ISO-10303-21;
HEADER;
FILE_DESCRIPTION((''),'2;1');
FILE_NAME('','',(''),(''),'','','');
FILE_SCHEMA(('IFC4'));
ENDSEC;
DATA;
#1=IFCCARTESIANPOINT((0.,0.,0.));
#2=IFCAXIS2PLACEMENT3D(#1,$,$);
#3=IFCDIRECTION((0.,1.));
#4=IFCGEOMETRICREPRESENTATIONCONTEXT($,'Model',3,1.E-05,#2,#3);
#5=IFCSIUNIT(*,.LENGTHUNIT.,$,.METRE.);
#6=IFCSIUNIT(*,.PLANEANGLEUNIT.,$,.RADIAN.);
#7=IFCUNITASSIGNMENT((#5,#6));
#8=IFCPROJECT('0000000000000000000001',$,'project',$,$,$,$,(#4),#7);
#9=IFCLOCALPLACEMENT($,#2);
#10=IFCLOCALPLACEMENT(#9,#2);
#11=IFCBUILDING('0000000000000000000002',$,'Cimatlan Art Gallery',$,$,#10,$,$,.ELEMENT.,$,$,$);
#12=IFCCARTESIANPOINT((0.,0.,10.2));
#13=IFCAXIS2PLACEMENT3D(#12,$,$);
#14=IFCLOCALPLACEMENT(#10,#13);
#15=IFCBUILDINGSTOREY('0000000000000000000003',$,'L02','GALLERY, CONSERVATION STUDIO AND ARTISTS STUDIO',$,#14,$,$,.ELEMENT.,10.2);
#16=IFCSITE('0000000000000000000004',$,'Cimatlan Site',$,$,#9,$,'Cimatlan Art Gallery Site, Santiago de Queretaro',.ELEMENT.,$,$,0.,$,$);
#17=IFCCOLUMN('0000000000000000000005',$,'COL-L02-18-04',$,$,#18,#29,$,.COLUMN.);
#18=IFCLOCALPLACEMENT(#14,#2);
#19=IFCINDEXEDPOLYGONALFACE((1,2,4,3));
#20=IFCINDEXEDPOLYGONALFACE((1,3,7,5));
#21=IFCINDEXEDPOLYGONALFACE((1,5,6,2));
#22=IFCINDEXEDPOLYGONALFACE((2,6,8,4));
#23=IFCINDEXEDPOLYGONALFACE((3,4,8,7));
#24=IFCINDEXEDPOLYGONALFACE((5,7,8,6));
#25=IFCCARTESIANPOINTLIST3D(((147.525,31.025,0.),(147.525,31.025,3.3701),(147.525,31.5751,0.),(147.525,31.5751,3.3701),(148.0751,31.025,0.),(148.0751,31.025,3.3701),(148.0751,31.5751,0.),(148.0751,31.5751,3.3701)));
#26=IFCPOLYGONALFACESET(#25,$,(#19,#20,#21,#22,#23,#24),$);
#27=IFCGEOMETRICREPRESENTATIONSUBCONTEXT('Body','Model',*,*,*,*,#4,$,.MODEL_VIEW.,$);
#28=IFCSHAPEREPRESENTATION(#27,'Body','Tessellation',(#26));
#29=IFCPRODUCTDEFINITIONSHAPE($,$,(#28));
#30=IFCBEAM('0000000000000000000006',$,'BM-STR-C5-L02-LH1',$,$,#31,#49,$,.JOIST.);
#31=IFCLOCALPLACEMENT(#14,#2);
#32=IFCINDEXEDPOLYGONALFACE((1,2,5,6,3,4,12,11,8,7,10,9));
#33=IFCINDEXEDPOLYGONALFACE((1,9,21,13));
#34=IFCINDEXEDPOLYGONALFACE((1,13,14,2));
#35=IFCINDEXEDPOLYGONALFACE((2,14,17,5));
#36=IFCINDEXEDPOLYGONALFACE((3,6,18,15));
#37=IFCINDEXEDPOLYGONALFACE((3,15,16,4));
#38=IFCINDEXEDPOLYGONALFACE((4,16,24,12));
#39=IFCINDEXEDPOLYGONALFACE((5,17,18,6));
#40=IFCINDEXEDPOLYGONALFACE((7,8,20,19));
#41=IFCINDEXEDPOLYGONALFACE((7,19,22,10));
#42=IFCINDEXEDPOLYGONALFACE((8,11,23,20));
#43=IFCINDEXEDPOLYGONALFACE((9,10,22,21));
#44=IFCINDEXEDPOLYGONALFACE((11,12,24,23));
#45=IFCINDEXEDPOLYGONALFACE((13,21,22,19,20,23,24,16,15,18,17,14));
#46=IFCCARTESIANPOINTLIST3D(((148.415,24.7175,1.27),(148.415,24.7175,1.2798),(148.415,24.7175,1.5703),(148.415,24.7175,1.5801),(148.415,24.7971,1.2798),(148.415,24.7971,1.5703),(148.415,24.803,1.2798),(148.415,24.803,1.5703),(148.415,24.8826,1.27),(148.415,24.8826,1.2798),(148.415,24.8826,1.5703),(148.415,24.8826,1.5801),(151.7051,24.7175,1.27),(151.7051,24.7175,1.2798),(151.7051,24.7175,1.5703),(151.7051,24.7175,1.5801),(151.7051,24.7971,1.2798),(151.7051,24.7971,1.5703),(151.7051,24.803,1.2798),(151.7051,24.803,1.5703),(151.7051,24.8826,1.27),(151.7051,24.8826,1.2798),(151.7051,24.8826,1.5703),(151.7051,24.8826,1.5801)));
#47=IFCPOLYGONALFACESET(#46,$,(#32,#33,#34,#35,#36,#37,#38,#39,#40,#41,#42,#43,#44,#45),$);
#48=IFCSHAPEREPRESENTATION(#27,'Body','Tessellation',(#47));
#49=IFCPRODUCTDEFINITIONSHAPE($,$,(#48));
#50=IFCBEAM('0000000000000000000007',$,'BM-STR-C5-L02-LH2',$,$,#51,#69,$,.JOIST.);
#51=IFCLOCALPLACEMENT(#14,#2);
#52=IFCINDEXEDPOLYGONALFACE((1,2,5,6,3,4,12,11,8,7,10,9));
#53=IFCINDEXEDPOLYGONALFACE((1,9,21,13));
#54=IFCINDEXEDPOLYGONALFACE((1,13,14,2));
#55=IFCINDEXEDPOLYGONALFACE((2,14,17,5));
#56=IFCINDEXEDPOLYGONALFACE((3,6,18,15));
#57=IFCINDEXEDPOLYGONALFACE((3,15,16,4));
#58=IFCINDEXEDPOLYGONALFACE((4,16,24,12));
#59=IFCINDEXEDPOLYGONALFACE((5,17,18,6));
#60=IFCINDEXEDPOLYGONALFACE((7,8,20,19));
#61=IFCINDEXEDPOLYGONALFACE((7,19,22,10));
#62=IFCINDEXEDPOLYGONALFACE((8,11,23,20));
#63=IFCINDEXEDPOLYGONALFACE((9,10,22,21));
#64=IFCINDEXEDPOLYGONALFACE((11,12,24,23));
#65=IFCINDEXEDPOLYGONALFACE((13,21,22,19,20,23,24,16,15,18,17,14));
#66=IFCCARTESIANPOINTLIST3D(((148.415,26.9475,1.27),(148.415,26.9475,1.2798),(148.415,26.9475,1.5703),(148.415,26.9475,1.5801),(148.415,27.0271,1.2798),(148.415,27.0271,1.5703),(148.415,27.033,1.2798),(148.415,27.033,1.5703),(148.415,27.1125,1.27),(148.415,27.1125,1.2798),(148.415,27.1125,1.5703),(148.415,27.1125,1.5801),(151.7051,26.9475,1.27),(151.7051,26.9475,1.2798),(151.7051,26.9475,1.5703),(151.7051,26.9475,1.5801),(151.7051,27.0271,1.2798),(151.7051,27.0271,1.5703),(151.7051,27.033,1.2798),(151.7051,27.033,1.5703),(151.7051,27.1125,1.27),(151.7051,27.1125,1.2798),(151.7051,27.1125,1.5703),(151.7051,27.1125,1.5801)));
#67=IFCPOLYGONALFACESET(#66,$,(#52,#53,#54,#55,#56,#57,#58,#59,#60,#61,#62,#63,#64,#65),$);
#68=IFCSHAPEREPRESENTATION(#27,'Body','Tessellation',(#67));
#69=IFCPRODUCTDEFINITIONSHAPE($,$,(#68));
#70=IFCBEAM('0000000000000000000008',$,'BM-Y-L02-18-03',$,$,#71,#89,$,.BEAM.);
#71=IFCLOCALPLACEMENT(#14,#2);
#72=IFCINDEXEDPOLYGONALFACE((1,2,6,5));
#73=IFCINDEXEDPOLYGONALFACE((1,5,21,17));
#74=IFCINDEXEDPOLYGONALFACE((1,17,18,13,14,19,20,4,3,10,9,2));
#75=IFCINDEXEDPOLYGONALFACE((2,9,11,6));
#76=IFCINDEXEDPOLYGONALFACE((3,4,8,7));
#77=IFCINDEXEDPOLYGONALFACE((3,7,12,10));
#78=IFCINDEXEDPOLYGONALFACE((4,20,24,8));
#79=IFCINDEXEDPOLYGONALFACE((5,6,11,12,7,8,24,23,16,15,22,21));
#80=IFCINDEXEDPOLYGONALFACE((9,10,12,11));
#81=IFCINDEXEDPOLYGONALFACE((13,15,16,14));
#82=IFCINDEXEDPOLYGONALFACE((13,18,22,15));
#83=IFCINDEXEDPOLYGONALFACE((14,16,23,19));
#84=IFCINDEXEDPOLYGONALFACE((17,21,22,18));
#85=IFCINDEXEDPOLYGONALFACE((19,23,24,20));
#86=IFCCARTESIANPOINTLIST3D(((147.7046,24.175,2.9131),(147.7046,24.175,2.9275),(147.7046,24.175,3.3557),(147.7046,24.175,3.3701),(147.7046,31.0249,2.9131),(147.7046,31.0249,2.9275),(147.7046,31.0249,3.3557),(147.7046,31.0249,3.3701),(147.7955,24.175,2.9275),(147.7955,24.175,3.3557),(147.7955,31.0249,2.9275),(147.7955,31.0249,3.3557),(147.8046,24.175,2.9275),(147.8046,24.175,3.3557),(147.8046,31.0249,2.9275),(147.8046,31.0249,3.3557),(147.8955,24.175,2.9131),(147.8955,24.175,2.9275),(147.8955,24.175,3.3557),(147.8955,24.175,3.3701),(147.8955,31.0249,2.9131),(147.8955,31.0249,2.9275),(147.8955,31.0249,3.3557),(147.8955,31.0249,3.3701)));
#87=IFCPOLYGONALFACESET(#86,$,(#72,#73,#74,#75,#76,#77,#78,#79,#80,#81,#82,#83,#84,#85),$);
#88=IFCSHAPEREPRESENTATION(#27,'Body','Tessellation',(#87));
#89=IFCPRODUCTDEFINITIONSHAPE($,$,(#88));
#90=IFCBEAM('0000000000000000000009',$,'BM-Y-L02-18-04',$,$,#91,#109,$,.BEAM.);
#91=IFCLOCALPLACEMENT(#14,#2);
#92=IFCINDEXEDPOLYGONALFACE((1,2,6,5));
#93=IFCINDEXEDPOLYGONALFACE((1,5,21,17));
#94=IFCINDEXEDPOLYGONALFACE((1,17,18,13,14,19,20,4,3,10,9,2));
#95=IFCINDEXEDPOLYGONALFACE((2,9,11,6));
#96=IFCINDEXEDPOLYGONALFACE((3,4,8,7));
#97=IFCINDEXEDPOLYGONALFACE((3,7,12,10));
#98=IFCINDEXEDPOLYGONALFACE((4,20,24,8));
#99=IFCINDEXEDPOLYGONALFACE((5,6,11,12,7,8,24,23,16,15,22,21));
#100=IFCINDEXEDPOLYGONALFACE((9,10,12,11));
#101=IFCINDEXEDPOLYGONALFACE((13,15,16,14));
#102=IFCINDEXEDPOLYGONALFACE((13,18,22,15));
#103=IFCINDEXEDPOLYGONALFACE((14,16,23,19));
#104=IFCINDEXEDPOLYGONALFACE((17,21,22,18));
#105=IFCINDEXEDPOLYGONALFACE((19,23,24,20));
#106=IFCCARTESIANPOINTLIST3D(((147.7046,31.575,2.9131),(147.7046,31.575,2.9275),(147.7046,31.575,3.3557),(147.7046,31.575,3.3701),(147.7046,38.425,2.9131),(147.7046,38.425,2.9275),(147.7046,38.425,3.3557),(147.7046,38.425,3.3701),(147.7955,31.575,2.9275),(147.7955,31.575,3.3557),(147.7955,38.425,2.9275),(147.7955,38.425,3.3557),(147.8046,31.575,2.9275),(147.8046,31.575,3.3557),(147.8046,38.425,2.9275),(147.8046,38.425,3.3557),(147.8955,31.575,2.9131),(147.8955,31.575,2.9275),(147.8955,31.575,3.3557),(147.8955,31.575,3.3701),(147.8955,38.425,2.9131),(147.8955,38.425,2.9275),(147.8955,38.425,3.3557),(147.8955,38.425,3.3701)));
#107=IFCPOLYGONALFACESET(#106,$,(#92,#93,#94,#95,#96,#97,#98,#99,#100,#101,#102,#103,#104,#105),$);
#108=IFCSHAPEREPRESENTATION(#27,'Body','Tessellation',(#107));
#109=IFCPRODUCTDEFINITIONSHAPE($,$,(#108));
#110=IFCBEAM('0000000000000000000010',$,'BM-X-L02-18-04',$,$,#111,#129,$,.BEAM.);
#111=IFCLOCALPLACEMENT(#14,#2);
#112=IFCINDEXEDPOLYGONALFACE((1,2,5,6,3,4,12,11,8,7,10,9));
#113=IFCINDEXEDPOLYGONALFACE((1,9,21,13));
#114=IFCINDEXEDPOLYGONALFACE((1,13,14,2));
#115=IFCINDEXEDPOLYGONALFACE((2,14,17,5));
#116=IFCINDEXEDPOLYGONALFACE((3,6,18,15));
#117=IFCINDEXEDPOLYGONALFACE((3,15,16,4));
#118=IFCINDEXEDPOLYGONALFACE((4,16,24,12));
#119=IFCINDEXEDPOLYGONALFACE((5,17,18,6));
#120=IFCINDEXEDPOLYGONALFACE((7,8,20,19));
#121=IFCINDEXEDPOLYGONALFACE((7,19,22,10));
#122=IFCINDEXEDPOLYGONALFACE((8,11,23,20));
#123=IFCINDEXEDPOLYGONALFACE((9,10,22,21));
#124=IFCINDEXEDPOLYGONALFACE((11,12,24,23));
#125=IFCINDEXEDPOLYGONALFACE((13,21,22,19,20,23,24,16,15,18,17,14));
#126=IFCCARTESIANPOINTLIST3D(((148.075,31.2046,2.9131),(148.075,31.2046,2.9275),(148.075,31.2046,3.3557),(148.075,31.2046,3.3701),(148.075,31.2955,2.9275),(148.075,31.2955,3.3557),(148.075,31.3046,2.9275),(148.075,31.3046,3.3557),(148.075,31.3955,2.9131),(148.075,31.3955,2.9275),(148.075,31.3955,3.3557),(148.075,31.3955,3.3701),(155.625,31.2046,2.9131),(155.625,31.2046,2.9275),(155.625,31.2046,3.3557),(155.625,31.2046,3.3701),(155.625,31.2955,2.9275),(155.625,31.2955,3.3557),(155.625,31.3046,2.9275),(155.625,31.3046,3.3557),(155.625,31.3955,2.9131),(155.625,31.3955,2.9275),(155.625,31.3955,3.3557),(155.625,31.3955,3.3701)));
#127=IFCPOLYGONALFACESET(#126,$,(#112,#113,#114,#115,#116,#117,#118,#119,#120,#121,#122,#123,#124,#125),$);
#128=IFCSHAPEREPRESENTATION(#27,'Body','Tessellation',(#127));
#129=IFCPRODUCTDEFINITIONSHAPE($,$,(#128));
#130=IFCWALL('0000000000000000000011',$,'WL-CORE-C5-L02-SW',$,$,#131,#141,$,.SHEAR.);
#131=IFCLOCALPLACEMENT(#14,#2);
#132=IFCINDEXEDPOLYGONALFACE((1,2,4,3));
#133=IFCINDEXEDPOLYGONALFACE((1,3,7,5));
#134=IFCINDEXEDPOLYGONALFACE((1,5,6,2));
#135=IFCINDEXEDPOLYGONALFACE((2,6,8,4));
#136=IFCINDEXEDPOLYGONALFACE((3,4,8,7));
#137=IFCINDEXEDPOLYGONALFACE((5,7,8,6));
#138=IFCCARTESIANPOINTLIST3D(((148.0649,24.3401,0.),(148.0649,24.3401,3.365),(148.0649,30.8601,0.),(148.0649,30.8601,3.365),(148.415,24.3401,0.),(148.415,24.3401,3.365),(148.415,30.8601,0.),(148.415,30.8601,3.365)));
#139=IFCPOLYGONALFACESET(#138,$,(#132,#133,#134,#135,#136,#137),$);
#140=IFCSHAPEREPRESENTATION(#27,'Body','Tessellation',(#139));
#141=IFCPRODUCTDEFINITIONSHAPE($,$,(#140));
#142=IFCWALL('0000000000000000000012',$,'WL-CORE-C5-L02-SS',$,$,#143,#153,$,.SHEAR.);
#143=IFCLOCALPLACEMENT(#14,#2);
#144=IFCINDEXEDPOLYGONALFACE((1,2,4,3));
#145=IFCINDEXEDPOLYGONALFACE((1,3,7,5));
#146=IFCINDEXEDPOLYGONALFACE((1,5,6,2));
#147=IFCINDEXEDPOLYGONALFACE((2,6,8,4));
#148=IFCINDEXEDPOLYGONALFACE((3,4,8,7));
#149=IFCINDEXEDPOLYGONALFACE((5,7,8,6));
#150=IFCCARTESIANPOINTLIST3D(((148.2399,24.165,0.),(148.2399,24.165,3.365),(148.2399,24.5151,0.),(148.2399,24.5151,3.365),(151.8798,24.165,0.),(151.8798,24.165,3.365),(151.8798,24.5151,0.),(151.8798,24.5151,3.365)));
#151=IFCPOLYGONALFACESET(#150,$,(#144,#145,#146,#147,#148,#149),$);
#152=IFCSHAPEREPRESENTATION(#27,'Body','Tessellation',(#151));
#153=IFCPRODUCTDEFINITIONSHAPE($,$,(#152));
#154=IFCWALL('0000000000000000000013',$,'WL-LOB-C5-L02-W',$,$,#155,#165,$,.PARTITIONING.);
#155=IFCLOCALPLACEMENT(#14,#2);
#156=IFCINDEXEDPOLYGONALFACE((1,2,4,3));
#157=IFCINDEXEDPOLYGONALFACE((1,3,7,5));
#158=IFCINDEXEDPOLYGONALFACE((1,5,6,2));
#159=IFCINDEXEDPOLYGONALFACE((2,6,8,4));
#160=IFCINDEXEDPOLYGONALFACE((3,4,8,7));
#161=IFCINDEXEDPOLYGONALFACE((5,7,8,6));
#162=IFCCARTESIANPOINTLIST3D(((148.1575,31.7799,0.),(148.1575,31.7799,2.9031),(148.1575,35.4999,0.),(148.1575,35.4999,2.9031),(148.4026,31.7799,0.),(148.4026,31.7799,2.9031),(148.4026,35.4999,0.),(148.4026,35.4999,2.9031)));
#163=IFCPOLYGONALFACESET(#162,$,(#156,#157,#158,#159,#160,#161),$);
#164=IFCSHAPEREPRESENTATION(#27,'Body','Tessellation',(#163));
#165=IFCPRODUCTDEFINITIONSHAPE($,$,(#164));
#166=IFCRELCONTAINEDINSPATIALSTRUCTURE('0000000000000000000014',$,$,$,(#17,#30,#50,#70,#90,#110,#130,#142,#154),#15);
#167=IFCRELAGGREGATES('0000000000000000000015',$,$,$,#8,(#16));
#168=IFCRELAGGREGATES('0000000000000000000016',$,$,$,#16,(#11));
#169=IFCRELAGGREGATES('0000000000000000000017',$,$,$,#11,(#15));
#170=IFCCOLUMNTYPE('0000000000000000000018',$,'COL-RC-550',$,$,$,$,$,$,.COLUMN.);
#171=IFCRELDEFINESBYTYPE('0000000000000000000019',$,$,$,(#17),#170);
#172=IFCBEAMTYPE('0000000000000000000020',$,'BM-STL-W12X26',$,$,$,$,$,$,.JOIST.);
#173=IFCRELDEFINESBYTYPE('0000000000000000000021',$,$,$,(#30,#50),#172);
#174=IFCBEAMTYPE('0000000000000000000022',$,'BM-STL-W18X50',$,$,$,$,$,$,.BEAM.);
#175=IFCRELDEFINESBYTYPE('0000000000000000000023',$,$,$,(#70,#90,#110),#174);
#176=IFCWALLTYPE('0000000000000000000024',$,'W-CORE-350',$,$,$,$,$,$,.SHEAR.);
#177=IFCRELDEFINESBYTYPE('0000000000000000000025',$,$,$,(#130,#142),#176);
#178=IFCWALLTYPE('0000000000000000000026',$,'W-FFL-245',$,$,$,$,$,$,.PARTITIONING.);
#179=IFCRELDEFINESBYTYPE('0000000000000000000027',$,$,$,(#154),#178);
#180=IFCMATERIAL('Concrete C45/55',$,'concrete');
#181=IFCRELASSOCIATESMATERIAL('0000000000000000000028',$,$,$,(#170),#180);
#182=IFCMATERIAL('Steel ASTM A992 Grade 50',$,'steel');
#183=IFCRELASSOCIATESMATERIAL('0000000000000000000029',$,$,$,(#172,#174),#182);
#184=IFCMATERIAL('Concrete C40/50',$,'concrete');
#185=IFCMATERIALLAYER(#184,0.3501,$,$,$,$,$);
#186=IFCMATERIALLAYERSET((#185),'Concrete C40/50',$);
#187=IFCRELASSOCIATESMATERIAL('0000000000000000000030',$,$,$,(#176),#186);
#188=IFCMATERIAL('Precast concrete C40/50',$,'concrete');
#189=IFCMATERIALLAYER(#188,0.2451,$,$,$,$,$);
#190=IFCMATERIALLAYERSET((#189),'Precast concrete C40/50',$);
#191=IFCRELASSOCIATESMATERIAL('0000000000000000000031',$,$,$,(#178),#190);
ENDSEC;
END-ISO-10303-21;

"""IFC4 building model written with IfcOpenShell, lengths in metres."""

from ifc_helpers import new_model, si_unit, direction, frame, frame_2d, origin, origin_2d, place, context, subcontext, project, spatial, rectangle, i_section, extrude, material, layer, layer_set, material_profile, profile_set, type_object, element, save


model = new_model("IFC4")

# Units and contexts
model_context = context("Model", 3, precision=1e-05, world=origin(), true_north=direction((0.0, 1.0)))
body_context = subcontext(model_context, "Body", "Model", "MODEL_VIEW")
ifc_project = project(units=[si_unit("LENGTHUNIT", "METRE"), si_unit("PLANEANGLEUNIT", "RADIAN")], contexts=[model_context])

# Site, building, storey
site_placement = place(None, origin())
site = spatial("IfcSite", under=ifc_project, at=site_placement, Name="Cimatlan Site", LongName="Cimatlan Art Gallery Site, Santiago de Queretaro", CompositionType="ELEMENT", RefElevation=0.0)
building_placement = place(site_placement, origin())
building = spatial("IfcBuilding", under=site, at=building_placement, Name="Cimatlan Art Gallery", CompositionType="ELEMENT")
storey_placement = place(building_placement, frame((0.0, 0.0, 10.2)))
storey = spatial("IfcBuildingStorey", under=building, at=storey_placement, Name="L02", Description="GALLERY, CONSERVATION STUDIO AND ARTISTS STUDIO", CompositionType="ELEMENT", Elevation=10.2)

# Column
ifc_material_1 = material(Name="Concrete C45/55", Category="concrete")
ifc_material_profile_1 = material_profile(ifc_material_1, rectangle(XDim=0.55, YDim=0.55, at=origin_2d()), Name="RC550X550")
ifc_profile_set_1 = profile_set([ifc_material_profile_1], Name="Concrete C45/55")
column_type = type_object("IfcColumnType", Name="COL-RC-550", PredefinedType="COLUMN", material=ifc_profile_set_1)
column_placement = place(storey_placement, frame((147.8, 31.3, 0.0), z_axis=(0.0, 0.0, 1.0), x_axis=(1.0, 0.0, 0.0)))
element("IfcColumn", 1, at=column_placement, inside=storey, type_object=column_type, Name="COL-L02-18-04", PredefinedType="COLUMN", context=body_context, shape_type="SweptSolid", body=[
    extrude(rectangle(XDim=0.55, YDim=0.55, at=origin_2d()), origin(), (0.0, 0.0, 1.0), 3.3701),
])

# Beams
ifc_material_2 = material(Name="Steel ASTM A992 Grade 50", Category="steel")
ifc_material_profile_2 = material_profile(ifc_material_2, i_section(OverallWidth=0.165, OverallDepth=0.3101, WebThickness=0.0059, FlangeThickness=0.0098, at=origin_2d()), Name="W12X26")
ifc_profile_set_2 = profile_set([ifc_material_profile_2], Name="Steel ASTM A992 Grade 50")
beam_type_1 = type_object("IfcBeamType", Name="BM-STL-W12X26", PredefinedType="JOIST", material=ifc_profile_set_2)
for number, where, z_axis, x_axis, name in (
    (2, (148.415, 24.8, 1.425), (1.0, 0.0, 0.0), (0.0, 1.0, 0.0), "BM-STR-C5-L02-LH1"),
    (3, (148.415, 27.03, 1.425), (1.0, 0.0, 0.0), (0.0, 1.0, 0.0), "BM-STR-C5-L02-LH2"),
):
    element("IfcBeam", number, at=place(storey_placement, frame(where, z_axis=z_axis, x_axis=x_axis)), inside=storey, type_object=beam_type_1, Name=name, PredefinedType="JOIST", context=body_context, shape_type="SweptSolid", body=[
        extrude(i_section(OverallWidth=0.165, OverallDepth=0.3101, WebThickness=0.0059, FlangeThickness=0.0098, at=origin_2d()), origin(), (0.0, 0.0, 1.0), 3.29),
    ])
ifc_material_profile_3 = material_profile(ifc_material_2, i_section(OverallWidth=0.1909, OverallDepth=0.457, WebThickness=0.009, FlangeThickness=0.0144, at=origin_2d()), Name="W18X50")
ifc_profile_set_3 = profile_set([ifc_material_profile_3], Name="Steel ASTM A992 Grade 50")
beam_type_2 = type_object("IfcBeamType", Name="BM-STL-W18X50", PredefinedType="BEAM", material=ifc_profile_set_3)
beam_1_placement = place(storey_placement, frame((147.8, 24.175, 3.1416), z_axis=(0.0, 1.0, 0.0), x_axis=(-1.0, 0.0, 0.0)))
element("IfcBeam", 4, at=beam_1_placement, inside=storey, type_object=beam_type_2, Name="BM-Y-L02-18-03", PredefinedType="BEAM", context=body_context, shape_type="SweptSolid", body=[
    extrude(i_section(OverallWidth=0.1909, OverallDepth=0.457, WebThickness=0.009, FlangeThickness=0.0144, at=origin_2d()), origin(), (0.0, 0.0, 1.0), 6.8499),
])
beam_2_placement = place(storey_placement, frame((147.8, 31.575, 3.1416), z_axis=(0.0, 1.0, 0.0), x_axis=(-1.0, 0.0, 0.0)))
element("IfcBeam", 5, at=beam_2_placement, inside=storey, type_object=beam_type_2, Name="BM-Y-L02-18-04", PredefinedType="BEAM", context=body_context, shape_type="SweptSolid", body=[
    extrude(i_section(OverallWidth=0.1909, OverallDepth=0.457, WebThickness=0.009, FlangeThickness=0.0144, at=origin_2d()), origin(), (0.0, 0.0, 1.0), 6.8501),
])
beam_3_placement = place(storey_placement, frame((148.075, 31.3, 3.1416), z_axis=(1.0, 0.0, 0.0), x_axis=(0.0, 1.0, 0.0)))
element("IfcBeam", 6, at=beam_3_placement, inside=storey, type_object=beam_type_2, Name="BM-X-L02-18-04", PredefinedType="BEAM", context=body_context, shape_type="SweptSolid", body=[
    extrude(i_section(OverallWidth=0.1909, OverallDepth=0.457, WebThickness=0.009, FlangeThickness=0.0144, at=origin_2d()), origin(), (0.0, 0.0, 1.0), 7.55),
])

# Walls
ifc_material_3 = material(Name="Concrete C40/50", Category="concrete")
ifc_layer_1 = layer(ifc_material_3, 0.3501)
ifc_layer_set_1 = layer_set([ifc_layer_1], Name="Concrete C40/50")
wall_type_1 = type_object("IfcWallType", Name="W-CORE-350", PredefinedType="SHEAR", material=ifc_layer_set_1)
wall_1_placement = place(storey_placement, frame((148.24, 24.3401, 0.0), z_axis=(0.0, 0.0, 1.0), x_axis=(0.0, 1.0, 0.0)))
element("IfcWall", 7, at=wall_1_placement, inside=storey, type_object=wall_type_1, Name="WL-CORE-C5-L02-SW", PredefinedType="SHEAR", context=body_context, shape_type="SweptSolid", body=[
    extrude(rectangle(XDim=6.52, YDim=0.3501, at=frame_2d((3.26, 0.0))), origin(), (0.0, 0.0, 1.0), 3.365),
])
wall_2_placement = place(storey_placement, frame((148.24, 24.3401, 0.0), z_axis=(0.0, 0.0, 1.0), x_axis=(1.0, 0.0, 0.0)))
element("IfcWall", 8, at=wall_2_placement, inside=storey, type_object=wall_type_1, Name="WL-CORE-C5-L02-SS", PredefinedType="SHEAR", context=body_context, shape_type="SweptSolid", body=[
    extrude(rectangle(XDim=3.6399, YDim=0.3501, at=frame_2d((1.8198, 0.0))), origin(), (0.0, 0.0, 1.0), 3.365),
])

# Wall
ifc_material_4 = material(Name="Precast concrete C40/50", Category="concrete")
ifc_layer_2 = layer(ifc_material_4, 0.2451)
ifc_layer_set_2 = layer_set([ifc_layer_2], Name="Precast concrete C40/50")
wall_type_2 = type_object("IfcWallType", Name="W-FFL-245", PredefinedType="PARTITIONING", material=ifc_layer_set_2)
wall_3_placement = place(storey_placement, frame((148.28, 31.78, 0.0), z_axis=(0.0, 0.0, 1.0), x_axis=(0.0, 1.0, 0.0)))
element("IfcWall", 9, at=wall_3_placement, inside=storey, type_object=wall_type_2, Name="WL-LOB-C5-L02-W", PredefinedType="PARTITIONING", context=body_context, shape_type="SweptSolid", body=[
    extrude(rectangle(XDim=3.72, YDim=0.2451, at=frame_2d((1.8599, 0.0))), origin(), (0.0, 0.0, 1.0), 2.9031),
])

save(model, "model.ifc")
